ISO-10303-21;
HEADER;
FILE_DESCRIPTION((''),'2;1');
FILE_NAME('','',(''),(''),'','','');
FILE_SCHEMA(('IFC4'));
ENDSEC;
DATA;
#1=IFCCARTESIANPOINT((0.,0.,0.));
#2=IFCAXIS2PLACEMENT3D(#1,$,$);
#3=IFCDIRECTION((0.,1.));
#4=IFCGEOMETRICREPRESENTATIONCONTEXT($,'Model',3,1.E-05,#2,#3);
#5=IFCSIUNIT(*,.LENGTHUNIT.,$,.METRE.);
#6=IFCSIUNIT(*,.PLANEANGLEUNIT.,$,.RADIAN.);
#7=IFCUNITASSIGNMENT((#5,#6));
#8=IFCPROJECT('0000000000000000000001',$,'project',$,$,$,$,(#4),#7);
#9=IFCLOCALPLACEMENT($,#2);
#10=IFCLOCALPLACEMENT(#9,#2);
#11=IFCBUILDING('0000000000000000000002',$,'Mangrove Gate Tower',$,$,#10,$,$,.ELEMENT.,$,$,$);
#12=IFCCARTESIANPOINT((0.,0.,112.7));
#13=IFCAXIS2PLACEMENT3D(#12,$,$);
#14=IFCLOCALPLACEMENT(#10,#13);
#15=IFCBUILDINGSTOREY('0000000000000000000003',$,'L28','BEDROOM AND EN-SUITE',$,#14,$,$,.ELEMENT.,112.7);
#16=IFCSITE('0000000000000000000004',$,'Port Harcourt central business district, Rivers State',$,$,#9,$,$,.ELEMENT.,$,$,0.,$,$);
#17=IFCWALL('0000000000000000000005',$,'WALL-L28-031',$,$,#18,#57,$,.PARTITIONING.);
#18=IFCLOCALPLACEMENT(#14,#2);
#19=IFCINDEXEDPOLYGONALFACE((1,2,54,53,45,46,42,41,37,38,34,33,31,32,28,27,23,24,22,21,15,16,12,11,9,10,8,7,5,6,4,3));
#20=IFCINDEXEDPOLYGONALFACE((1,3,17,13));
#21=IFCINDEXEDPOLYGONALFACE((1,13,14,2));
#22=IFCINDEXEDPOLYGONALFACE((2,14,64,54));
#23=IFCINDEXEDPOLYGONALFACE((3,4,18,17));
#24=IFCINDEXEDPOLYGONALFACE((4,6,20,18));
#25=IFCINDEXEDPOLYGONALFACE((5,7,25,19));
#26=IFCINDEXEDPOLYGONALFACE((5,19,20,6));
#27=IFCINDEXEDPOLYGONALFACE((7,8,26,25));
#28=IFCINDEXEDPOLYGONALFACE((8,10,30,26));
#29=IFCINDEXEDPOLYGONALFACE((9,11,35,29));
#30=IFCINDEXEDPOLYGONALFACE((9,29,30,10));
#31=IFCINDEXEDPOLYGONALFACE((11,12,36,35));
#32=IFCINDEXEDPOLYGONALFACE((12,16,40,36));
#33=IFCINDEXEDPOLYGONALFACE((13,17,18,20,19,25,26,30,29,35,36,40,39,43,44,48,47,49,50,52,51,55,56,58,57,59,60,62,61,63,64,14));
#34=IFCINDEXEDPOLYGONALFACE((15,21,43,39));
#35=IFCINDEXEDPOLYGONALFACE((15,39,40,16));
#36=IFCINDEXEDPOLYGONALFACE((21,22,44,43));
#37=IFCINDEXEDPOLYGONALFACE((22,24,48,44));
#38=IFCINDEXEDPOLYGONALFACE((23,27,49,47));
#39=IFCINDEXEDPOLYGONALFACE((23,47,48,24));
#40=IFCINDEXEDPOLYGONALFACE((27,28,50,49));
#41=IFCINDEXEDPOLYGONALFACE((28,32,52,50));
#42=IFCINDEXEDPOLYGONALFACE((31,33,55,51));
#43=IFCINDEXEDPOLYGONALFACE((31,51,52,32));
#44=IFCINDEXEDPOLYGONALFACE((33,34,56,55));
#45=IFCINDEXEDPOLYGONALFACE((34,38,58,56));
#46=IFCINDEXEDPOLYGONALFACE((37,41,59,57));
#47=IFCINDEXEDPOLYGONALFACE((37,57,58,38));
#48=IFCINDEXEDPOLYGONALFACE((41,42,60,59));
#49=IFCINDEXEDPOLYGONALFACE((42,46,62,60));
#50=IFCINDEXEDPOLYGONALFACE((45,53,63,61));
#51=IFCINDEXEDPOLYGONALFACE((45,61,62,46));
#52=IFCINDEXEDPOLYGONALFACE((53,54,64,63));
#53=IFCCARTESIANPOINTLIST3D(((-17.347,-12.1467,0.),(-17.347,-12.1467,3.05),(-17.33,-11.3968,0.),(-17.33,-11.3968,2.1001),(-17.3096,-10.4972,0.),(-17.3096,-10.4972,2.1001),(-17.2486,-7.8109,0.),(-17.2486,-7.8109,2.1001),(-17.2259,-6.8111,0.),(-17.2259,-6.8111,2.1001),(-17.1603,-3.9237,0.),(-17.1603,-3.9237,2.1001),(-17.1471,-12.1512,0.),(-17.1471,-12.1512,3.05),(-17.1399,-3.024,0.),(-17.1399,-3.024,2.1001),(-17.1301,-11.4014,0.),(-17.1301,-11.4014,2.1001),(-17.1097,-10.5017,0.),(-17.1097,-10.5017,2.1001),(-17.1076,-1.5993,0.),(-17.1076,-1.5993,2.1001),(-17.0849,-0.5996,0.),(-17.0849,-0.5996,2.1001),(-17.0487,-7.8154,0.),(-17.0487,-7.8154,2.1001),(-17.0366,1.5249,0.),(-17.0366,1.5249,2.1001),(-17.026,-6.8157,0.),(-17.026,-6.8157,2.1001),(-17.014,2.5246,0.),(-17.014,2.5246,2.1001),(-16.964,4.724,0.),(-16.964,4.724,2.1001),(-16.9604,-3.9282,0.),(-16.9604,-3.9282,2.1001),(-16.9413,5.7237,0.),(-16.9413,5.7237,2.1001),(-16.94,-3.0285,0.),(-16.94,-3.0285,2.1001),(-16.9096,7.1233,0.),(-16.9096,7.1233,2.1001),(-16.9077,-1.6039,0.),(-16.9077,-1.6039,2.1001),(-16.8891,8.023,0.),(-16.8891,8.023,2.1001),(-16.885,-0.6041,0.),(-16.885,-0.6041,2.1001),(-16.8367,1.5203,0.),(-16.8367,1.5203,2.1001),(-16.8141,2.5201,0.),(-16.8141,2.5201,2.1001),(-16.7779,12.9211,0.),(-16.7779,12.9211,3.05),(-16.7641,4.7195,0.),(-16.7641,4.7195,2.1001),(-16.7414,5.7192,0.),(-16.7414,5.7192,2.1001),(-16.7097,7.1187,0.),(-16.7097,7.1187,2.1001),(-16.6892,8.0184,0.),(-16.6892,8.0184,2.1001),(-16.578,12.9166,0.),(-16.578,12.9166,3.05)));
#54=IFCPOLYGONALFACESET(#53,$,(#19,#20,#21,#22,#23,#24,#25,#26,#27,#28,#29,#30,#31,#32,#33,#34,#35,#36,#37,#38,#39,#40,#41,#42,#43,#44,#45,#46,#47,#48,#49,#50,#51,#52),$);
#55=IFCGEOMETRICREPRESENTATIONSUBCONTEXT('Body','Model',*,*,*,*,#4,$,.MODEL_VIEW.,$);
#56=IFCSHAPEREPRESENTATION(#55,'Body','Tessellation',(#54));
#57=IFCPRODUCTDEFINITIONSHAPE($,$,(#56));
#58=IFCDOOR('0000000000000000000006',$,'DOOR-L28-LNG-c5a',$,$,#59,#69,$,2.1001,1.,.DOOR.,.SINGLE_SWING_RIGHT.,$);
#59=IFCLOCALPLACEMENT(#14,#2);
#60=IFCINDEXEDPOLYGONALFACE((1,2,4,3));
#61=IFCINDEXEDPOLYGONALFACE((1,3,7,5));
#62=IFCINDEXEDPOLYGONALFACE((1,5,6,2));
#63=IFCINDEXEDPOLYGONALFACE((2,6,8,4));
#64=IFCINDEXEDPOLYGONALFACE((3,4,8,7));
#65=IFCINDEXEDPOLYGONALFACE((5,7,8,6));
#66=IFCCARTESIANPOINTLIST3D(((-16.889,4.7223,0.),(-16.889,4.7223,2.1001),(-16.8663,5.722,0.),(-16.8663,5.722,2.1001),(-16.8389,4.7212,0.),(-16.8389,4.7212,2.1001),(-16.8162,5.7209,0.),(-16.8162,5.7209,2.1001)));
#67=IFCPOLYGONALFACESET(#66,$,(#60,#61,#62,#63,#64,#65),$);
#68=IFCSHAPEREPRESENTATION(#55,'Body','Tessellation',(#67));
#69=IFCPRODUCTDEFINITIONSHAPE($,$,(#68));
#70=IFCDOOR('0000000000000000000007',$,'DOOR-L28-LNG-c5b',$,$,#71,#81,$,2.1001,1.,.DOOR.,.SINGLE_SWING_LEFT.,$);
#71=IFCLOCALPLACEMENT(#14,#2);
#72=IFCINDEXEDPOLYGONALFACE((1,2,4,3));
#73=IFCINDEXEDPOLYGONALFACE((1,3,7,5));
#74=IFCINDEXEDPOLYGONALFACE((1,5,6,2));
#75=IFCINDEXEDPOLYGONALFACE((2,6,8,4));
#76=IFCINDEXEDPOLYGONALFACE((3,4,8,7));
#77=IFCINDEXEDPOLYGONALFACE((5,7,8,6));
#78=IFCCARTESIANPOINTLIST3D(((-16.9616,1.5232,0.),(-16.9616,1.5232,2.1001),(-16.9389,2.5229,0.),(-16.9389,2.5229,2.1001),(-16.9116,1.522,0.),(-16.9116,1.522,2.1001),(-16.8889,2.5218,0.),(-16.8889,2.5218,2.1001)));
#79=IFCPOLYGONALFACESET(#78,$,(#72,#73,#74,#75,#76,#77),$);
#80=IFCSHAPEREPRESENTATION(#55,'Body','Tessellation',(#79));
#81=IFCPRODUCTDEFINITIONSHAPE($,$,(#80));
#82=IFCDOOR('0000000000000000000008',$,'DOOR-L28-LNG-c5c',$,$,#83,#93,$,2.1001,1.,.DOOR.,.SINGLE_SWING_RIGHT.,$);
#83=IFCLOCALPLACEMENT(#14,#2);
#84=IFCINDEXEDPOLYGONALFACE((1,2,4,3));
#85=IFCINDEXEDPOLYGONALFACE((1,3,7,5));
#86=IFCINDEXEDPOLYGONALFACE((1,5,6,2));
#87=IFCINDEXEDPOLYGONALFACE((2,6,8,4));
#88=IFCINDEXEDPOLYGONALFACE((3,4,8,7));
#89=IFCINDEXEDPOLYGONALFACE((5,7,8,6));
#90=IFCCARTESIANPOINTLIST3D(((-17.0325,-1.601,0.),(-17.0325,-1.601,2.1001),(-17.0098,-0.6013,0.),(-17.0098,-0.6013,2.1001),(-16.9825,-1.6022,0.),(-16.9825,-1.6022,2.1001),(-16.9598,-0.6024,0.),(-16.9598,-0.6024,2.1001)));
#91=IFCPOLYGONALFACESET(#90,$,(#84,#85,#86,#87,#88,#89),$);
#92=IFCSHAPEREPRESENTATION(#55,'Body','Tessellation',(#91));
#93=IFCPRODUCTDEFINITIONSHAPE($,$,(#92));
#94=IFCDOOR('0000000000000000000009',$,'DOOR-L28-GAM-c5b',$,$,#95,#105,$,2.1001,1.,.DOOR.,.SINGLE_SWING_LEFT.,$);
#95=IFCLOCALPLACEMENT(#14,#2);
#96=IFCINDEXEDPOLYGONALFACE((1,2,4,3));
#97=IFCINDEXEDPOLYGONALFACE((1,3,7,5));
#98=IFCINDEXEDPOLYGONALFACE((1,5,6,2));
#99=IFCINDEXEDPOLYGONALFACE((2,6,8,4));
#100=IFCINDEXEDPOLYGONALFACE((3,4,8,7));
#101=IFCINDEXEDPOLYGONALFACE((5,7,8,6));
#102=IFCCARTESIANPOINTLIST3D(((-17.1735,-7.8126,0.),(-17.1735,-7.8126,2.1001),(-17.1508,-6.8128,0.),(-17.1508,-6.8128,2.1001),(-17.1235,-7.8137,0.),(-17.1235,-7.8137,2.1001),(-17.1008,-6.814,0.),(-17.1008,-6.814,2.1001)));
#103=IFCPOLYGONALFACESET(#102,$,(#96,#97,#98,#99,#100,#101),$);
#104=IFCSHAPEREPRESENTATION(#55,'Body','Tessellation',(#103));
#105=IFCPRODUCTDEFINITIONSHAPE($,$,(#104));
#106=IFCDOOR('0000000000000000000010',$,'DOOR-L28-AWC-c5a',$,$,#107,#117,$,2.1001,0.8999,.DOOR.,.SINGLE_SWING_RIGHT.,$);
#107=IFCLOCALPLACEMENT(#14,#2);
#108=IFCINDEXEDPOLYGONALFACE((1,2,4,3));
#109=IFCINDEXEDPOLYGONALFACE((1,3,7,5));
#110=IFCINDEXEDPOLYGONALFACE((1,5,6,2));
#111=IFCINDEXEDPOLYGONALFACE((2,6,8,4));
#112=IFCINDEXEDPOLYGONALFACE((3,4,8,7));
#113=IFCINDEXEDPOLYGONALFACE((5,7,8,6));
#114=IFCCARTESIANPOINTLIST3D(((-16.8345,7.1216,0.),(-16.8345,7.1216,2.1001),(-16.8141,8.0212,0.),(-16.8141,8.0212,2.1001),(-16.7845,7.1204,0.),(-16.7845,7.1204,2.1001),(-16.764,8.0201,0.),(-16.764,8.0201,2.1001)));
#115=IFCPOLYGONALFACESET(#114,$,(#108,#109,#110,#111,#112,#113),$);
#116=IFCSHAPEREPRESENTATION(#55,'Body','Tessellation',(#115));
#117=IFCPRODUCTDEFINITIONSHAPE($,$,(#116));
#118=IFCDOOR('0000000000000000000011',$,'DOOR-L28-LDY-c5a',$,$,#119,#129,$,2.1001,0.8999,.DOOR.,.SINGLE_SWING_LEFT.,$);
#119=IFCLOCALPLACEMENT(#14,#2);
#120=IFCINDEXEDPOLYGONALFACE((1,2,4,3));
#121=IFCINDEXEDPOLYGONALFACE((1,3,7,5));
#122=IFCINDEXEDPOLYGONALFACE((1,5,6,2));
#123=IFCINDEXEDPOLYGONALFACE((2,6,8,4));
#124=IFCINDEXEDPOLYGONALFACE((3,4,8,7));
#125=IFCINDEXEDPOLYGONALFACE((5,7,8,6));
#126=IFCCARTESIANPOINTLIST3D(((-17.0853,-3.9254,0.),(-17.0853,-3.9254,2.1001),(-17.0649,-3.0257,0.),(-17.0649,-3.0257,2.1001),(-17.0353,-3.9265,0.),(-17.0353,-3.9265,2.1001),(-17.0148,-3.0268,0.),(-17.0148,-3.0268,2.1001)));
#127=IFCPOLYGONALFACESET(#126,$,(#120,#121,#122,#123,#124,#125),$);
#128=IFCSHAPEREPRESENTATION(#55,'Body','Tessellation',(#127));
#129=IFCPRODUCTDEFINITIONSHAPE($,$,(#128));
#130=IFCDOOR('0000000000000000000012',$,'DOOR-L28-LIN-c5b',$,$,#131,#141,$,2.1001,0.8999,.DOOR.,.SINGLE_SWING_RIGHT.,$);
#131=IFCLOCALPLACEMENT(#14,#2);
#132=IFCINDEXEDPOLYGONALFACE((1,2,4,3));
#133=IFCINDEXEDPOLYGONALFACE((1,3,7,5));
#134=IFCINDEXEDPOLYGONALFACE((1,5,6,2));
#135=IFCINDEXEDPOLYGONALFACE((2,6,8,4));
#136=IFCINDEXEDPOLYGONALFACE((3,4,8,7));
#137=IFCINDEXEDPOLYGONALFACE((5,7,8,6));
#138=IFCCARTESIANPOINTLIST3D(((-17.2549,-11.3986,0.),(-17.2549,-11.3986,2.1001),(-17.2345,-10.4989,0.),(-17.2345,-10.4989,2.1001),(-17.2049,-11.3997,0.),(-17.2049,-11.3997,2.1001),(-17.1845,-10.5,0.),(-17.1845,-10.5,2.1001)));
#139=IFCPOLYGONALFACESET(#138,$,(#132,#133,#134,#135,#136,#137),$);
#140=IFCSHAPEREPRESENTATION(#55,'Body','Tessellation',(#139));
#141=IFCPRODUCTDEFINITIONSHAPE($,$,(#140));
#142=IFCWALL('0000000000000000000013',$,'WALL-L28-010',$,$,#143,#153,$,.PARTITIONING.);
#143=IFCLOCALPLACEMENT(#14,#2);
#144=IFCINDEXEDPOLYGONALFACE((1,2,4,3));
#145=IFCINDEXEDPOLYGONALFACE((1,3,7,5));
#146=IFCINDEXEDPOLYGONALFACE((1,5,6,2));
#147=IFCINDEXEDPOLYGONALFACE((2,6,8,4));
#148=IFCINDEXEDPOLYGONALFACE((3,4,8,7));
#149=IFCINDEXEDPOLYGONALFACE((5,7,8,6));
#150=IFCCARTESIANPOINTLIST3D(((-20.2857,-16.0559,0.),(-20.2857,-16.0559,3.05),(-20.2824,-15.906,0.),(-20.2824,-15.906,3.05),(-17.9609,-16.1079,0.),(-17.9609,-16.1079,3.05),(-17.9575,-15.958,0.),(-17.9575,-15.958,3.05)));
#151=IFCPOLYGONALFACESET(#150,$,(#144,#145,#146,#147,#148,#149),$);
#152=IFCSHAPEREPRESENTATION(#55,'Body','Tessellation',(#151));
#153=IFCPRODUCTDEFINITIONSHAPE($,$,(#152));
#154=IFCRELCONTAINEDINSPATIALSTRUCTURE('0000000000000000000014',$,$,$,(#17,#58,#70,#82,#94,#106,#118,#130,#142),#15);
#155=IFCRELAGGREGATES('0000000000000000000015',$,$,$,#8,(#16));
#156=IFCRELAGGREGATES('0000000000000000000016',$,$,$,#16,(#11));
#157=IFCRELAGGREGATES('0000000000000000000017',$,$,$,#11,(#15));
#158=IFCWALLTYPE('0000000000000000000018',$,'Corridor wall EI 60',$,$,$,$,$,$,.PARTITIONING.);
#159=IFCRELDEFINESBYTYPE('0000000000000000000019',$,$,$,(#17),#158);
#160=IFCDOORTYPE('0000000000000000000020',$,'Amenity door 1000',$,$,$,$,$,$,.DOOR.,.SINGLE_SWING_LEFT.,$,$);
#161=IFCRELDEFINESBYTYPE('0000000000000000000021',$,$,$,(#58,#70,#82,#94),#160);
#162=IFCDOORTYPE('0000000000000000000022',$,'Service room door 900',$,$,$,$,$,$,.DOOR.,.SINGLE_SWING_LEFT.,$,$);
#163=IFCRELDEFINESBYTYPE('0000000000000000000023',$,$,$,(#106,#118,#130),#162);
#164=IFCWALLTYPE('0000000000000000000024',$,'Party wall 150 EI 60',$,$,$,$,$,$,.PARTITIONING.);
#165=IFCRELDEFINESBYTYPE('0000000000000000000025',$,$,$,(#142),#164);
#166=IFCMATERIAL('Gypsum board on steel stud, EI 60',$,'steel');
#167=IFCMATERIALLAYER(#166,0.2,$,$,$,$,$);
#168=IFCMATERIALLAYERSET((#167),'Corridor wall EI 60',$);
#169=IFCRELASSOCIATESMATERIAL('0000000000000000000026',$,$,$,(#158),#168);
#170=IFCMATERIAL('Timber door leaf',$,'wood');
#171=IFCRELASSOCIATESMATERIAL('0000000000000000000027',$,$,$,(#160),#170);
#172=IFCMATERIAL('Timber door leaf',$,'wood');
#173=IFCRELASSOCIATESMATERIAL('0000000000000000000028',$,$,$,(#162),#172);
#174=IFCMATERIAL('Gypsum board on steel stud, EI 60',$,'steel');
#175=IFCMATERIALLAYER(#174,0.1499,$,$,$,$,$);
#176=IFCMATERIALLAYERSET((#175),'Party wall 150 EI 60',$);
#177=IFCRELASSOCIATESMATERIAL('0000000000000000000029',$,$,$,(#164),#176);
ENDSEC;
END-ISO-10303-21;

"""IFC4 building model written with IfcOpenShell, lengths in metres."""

from ifc_helpers import new_model, si_unit, direction, frame, frame_2d, origin, place, context, subcontext, project, spatial, rectangle, extrude, material, layer, layer_set, type_object, element, fill, save


model = new_model("IFC4")

# Units and contexts
model_context = context("Model", 3, precision=1e-05, world=origin(), true_north=direction((0.0, 1.0)))
body_context = subcontext(model_context, "Body", "Model", "MODEL_VIEW")
ifc_project = project(units=[si_unit("LENGTHUNIT", "METRE"), si_unit("PLANEANGLEUNIT", "RADIAN")], contexts=[model_context])

# Site, building, storey
site_placement = place(None, origin())
site = spatial("IfcSite", under=ifc_project, at=site_placement, Name="Port Harcourt central business district, Rivers State", CompositionType="ELEMENT", RefElevation=0.0)
building_placement = place(site_placement, origin())
building = spatial("IfcBuilding", under=site, at=building_placement, Name="Mangrove Gate Tower", CompositionType="ELEMENT")
storey_placement = place(building_placement, frame((0.0, 0.0, 112.7)))
storey = spatial("IfcBuildingStorey", under=building, at=storey_placement, Name="L28", Description="BEDROOM AND EN-SUITE", CompositionType="ELEMENT", Elevation=112.7)

# Wall, openings, doors
ifc_material_1 = material(Name="Gypsum board on steel stud, EI 60", Category="steel")
ifc_layer_1 = layer(ifc_material_1, 0.2)
ifc_layer_set_1 = layer_set([ifc_layer_1], Name="Corridor wall EI 60")
wall_type_1 = type_object("IfcWallType", Name="Corridor wall EI 60", PredefinedType="PARTITIONING", material=ifc_layer_set_1)
wall_1_placement = place(storey_placement, frame((-17.2471, -12.1489, 0.0), z_axis=(0.0, 0.0, 1.0), x_axis=(0.022696, 0.999742, 0.0)))
wall_1 = element("IfcWall", 1, at=wall_1_placement, inside=storey, type_object=wall_type_1, Name="WALL-L28-031", PredefinedType="PARTITIONING", context=body_context, shape_type="SweptSolid", body=[
    extrude(rectangle(XDim=25.0742, YDim=0.2, at=frame_2d((12.5371, 0.0))), origin(), (0.0, 0.0, 1.0), 3.05),
])
opening_1_placement = place(wall_1_placement, frame((16.875, 0.0, 0.0)))
opening_1 = element("IfcOpeningElement", 2, at=opening_1_placement, cuts=wall_1, PredefinedType="OPENING", context=body_context, shape_type="SweptSolid", body=[
    extrude(rectangle(XDim=1.0, YDim=2.1001, at=frame_2d((0.5, 1.05))), frame((0.0, 0.1099, 0.0), z_axis=(0.0, -1.0, 0.0), x_axis=(1.0, 0.0, 0.0)), (0.0, 0.0, 1.0), 0.22),
])
opening_2_placement = place(wall_1_placement, frame((19.2749, 0.0, 0.0)))
opening_2 = element("IfcOpeningElement", 3, at=opening_2_placement, cuts=wall_1, PredefinedType="OPENING", context=body_context, shape_type="SweptSolid", body=[
    extrude(rectangle(XDim=0.8999, YDim=2.1001, at=frame_2d((0.45, 1.05))), frame((0.0, 0.1099, 0.0), z_axis=(0.0, -1.0, 0.0), x_axis=(1.0, 0.0, 0.0)), (0.0, 0.0, 1.0), 0.22),
])
opening_3_placement = place(wall_1_placement, frame((13.675, 0.0, 0.0)))
opening_3 = element("IfcOpeningElement", 4, at=opening_3_placement, cuts=wall_1, PredefinedType="OPENING", context=body_context, shape_type="SweptSolid", body=[
    extrude(rectangle(XDim=1.0, YDim=2.1001, at=frame_2d((0.5, 1.05))), frame((0.0, 0.1099, 0.0), z_axis=(0.0, -1.0, 0.0), x_axis=(1.0, 0.0, 0.0)), (0.0, 0.0, 1.0), 0.22),
])
opening_4_placement = place(wall_1_placement, frame((10.55, 0.0, 0.0)))
opening_4 = element("IfcOpeningElement", 5, at=opening_4_placement, cuts=wall_1, PredefinedType="OPENING", context=body_context, shape_type="SweptSolid", body=[
    extrude(rectangle(XDim=1.0, YDim=2.1001, at=frame_2d((0.5, 1.05))), frame((0.0, 0.1099, 0.0), z_axis=(0.0, -1.0, 0.0), x_axis=(1.0, 0.0, 0.0)), (0.0, 0.0, 1.0), 0.22),
])
opening_5_placement = place(wall_1_placement, frame((8.2251, 0.0, 0.0)))
opening_5 = element("IfcOpeningElement", 6, at=opening_5_placement, cuts=wall_1, PredefinedType="OPENING", context=body_context, shape_type="SweptSolid", body=[
    extrude(rectangle(XDim=0.8999, YDim=2.1001, at=frame_2d((0.45, 1.05))), frame((0.0, 0.1099, 0.0), z_axis=(0.0, -1.0, 0.0), x_axis=(1.0, 0.0, 0.0)), (0.0, 0.0, 1.0), 0.22),
])
opening_6_placement = place(wall_1_placement, frame((4.3369, 0.0, 0.0)))
opening_6 = element("IfcOpeningElement", 7, at=opening_6_placement, cuts=wall_1, PredefinedType="OPENING", context=body_context, shape_type="SweptSolid", body=[
    extrude(rectangle(XDim=1.0, YDim=2.1001, at=frame_2d((0.5, 1.05))), frame((0.0, 0.1099, 0.0), z_axis=(0.0, -1.0, 0.0), x_axis=(1.0, 0.0, 0.0)), (0.0, 0.0, 1.0), 0.22),
])
opening_7_placement = place(wall_1_placement, frame((0.75, 0.0, 0.0)))
opening_7 = element("IfcOpeningElement", 8, at=opening_7_placement, cuts=wall_1, PredefinedType="OPENING", context=body_context, shape_type="SweptSolid", body=[
    extrude(rectangle(XDim=0.8999, YDim=2.1001, at=frame_2d((0.45, 1.05))), frame((0.0, 0.1099, 0.0), z_axis=(0.0, -1.0, 0.0), x_axis=(1.0, 0.0, 0.0)), (0.0, 0.0, 1.0), 0.22),
])
ifc_material_2 = material(Name="Timber door leaf", Category="wood")
door_type_1 = type_object("IfcDoorType", Name="Amenity door 1000", OperationType="SINGLE_SWING_LEFT", PredefinedType="DOOR", material=ifc_material_2)
door_1_placement = place(opening_1_placement, origin())
door_1 = element("IfcDoor", 9, at=door_1_placement, inside=storey, type_object=door_type_1, Name="DOOR-L28-LNG-c5a", OperationType="SINGLE_SWING_RIGHT", OverallHeight=2.1001, OverallWidth=1.0, PredefinedType="DOOR", context=body_context, shape_type="SweptSolid", body=[
    extrude(rectangle(XDim=1.0, YDim=2.1001, at=frame_2d((0.5, 1.05))), frame((0.0, 0.0249, 0.0), z_axis=(0.0, -1.0, 0.0), x_axis=(1.0, 0.0, 0.0)), (0.0, 0.0, 1.0), 0.05),
])
fill(opening_1, door_1)
door_2_placement = place(opening_3_placement, origin())
door_2 = element("IfcDoor", 10, at=door_2_placement, inside=storey, type_object=door_type_1, Name="DOOR-L28-LNG-c5b", OperationType="SINGLE_SWING_LEFT", OverallHeight=2.1001, OverallWidth=1.0, PredefinedType="DOOR", context=body_context, shape_type="SweptSolid", body=[
    extrude(rectangle(XDim=1.0, YDim=2.1001, at=frame_2d((0.5, 1.05))), frame((0.0, 0.0249, 0.0), z_axis=(0.0, -1.0, 0.0), x_axis=(1.0, 0.0, 0.0)), (0.0, 0.0, 1.0), 0.05),
])
fill(opening_3, door_2)
door_3_placement = place(opening_4_placement, origin())
door_3 = element("IfcDoor", 11, at=door_3_placement, inside=storey, type_object=door_type_1, Name="DOOR-L28-LNG-c5c", OperationType="SINGLE_SWING_RIGHT", OverallHeight=2.1001, OverallWidth=1.0, PredefinedType="DOOR", context=body_context, shape_type="SweptSolid", body=[
    extrude(rectangle(XDim=1.0, YDim=2.1001, at=frame_2d((0.5, 1.05))), frame((0.0, 0.0249, 0.0), z_axis=(0.0, -1.0, 0.0), x_axis=(1.0, 0.0, 0.0)), (0.0, 0.0, 1.0), 0.05),
])
fill(opening_4, door_3)
door_4_placement = place(opening_6_placement, origin())
door_4 = element("IfcDoor", 12, at=door_4_placement, inside=storey, type_object=door_type_1, Name="DOOR-L28-GAM-c5b", OperationType="SINGLE_SWING_LEFT", OverallHeight=2.1001, OverallWidth=1.0, PredefinedType="DOOR", context=body_context, shape_type="SweptSolid", body=[
    extrude(rectangle(XDim=1.0, YDim=2.1001, at=frame_2d((0.5, 1.05))), frame((0.0, 0.0249, 0.0), z_axis=(0.0, -1.0, 0.0), x_axis=(1.0, 0.0, 0.0)), (0.0, 0.0, 1.0), 0.05),
])
fill(opening_6, door_4)
ifc_material_3 = material(Name="Timber door leaf", Category="wood")
door_type_2 = type_object("IfcDoorType", Name="Service room door 900", OperationType="SINGLE_SWING_LEFT", PredefinedType="DOOR", material=ifc_material_3)
door_5_placement = place(opening_2_placement, origin())
door_5 = element("IfcDoor", 13, at=door_5_placement, inside=storey, type_object=door_type_2, Name="DOOR-L28-AWC-c5a", OperationType="SINGLE_SWING_RIGHT", OverallHeight=2.1001, OverallWidth=0.8999, PredefinedType="DOOR", context=body_context, shape_type="SweptSolid", body=[
    extrude(rectangle(XDim=0.8999, YDim=2.1001, at=frame_2d((0.45, 1.05))), frame((0.0, 0.0249, 0.0), z_axis=(0.0, -1.0, 0.0), x_axis=(1.0, 0.0, 0.0)), (0.0, 0.0, 1.0), 0.05),
])
fill(opening_2, door_5)
door_6_placement = place(opening_5_placement, origin())
door_6 = element("IfcDoor", 14, at=door_6_placement, inside=storey, type_object=door_type_2, Name="DOOR-L28-LDY-c5a", OperationType="SINGLE_SWING_LEFT", OverallHeight=2.1001, OverallWidth=0.8999, PredefinedType="DOOR", context=body_context, shape_type="SweptSolid", body=[
    extrude(rectangle(XDim=0.8999, YDim=2.1001, at=frame_2d((0.45, 1.05))), frame((0.0, 0.0249, 0.0), z_axis=(0.0, -1.0, 0.0), x_axis=(1.0, 0.0, 0.0)), (0.0, 0.0, 1.0), 0.05),
])
fill(opening_5, door_6)
door_7_placement = place(opening_7_placement, origin())
door_7 = element("IfcDoor", 15, at=door_7_placement, inside=storey, type_object=door_type_2, Name="DOOR-L28-LIN-c5b", OperationType="SINGLE_SWING_RIGHT", OverallHeight=2.1001, OverallWidth=0.8999, PredefinedType="DOOR", context=body_context, shape_type="SweptSolid", body=[
    extrude(rectangle(XDim=0.8999, YDim=2.1001, at=frame_2d((0.45, 1.05))), frame((0.0, 0.0249, 0.0), z_axis=(0.0, -1.0, 0.0), x_axis=(1.0, 0.0, 0.0)), (0.0, 0.0, 1.0), 0.05),
])
fill(opening_7, door_7)

# Wall
ifc_material_4 = material(Name="Gypsum board on steel stud, EI 60", Category="steel")
ifc_layer_2 = layer(ifc_material_4, 0.1499)
ifc_layer_set_2 = layer_set([ifc_layer_2], Name="Party wall 150 EI 60")
wall_type_2 = type_object("IfcWallType", Name="Party wall 150 EI 60", PredefinedType="PARTITIONING", material=ifc_layer_set_2)
wall_2_placement = place(storey_placement, frame((-20.2839, -15.981, 0.0), z_axis=(0.0, 0.0, 1.0), x_axis=(0.99975, -0.022361, 0.0)))
element("IfcWall", 16, at=wall_2_placement, inside=storey, type_object=wall_type_2, Name="WALL-L28-010", PredefinedType="PARTITIONING", context=body_context, shape_type="SweptSolid", body=[
    extrude(rectangle(XDim=2.3254, YDim=0.1499, at=frame_2d((1.1626, 0.0))), origin(), (0.0, 0.0, 1.0), 3.05),
])

save(model, "model.ifc")
